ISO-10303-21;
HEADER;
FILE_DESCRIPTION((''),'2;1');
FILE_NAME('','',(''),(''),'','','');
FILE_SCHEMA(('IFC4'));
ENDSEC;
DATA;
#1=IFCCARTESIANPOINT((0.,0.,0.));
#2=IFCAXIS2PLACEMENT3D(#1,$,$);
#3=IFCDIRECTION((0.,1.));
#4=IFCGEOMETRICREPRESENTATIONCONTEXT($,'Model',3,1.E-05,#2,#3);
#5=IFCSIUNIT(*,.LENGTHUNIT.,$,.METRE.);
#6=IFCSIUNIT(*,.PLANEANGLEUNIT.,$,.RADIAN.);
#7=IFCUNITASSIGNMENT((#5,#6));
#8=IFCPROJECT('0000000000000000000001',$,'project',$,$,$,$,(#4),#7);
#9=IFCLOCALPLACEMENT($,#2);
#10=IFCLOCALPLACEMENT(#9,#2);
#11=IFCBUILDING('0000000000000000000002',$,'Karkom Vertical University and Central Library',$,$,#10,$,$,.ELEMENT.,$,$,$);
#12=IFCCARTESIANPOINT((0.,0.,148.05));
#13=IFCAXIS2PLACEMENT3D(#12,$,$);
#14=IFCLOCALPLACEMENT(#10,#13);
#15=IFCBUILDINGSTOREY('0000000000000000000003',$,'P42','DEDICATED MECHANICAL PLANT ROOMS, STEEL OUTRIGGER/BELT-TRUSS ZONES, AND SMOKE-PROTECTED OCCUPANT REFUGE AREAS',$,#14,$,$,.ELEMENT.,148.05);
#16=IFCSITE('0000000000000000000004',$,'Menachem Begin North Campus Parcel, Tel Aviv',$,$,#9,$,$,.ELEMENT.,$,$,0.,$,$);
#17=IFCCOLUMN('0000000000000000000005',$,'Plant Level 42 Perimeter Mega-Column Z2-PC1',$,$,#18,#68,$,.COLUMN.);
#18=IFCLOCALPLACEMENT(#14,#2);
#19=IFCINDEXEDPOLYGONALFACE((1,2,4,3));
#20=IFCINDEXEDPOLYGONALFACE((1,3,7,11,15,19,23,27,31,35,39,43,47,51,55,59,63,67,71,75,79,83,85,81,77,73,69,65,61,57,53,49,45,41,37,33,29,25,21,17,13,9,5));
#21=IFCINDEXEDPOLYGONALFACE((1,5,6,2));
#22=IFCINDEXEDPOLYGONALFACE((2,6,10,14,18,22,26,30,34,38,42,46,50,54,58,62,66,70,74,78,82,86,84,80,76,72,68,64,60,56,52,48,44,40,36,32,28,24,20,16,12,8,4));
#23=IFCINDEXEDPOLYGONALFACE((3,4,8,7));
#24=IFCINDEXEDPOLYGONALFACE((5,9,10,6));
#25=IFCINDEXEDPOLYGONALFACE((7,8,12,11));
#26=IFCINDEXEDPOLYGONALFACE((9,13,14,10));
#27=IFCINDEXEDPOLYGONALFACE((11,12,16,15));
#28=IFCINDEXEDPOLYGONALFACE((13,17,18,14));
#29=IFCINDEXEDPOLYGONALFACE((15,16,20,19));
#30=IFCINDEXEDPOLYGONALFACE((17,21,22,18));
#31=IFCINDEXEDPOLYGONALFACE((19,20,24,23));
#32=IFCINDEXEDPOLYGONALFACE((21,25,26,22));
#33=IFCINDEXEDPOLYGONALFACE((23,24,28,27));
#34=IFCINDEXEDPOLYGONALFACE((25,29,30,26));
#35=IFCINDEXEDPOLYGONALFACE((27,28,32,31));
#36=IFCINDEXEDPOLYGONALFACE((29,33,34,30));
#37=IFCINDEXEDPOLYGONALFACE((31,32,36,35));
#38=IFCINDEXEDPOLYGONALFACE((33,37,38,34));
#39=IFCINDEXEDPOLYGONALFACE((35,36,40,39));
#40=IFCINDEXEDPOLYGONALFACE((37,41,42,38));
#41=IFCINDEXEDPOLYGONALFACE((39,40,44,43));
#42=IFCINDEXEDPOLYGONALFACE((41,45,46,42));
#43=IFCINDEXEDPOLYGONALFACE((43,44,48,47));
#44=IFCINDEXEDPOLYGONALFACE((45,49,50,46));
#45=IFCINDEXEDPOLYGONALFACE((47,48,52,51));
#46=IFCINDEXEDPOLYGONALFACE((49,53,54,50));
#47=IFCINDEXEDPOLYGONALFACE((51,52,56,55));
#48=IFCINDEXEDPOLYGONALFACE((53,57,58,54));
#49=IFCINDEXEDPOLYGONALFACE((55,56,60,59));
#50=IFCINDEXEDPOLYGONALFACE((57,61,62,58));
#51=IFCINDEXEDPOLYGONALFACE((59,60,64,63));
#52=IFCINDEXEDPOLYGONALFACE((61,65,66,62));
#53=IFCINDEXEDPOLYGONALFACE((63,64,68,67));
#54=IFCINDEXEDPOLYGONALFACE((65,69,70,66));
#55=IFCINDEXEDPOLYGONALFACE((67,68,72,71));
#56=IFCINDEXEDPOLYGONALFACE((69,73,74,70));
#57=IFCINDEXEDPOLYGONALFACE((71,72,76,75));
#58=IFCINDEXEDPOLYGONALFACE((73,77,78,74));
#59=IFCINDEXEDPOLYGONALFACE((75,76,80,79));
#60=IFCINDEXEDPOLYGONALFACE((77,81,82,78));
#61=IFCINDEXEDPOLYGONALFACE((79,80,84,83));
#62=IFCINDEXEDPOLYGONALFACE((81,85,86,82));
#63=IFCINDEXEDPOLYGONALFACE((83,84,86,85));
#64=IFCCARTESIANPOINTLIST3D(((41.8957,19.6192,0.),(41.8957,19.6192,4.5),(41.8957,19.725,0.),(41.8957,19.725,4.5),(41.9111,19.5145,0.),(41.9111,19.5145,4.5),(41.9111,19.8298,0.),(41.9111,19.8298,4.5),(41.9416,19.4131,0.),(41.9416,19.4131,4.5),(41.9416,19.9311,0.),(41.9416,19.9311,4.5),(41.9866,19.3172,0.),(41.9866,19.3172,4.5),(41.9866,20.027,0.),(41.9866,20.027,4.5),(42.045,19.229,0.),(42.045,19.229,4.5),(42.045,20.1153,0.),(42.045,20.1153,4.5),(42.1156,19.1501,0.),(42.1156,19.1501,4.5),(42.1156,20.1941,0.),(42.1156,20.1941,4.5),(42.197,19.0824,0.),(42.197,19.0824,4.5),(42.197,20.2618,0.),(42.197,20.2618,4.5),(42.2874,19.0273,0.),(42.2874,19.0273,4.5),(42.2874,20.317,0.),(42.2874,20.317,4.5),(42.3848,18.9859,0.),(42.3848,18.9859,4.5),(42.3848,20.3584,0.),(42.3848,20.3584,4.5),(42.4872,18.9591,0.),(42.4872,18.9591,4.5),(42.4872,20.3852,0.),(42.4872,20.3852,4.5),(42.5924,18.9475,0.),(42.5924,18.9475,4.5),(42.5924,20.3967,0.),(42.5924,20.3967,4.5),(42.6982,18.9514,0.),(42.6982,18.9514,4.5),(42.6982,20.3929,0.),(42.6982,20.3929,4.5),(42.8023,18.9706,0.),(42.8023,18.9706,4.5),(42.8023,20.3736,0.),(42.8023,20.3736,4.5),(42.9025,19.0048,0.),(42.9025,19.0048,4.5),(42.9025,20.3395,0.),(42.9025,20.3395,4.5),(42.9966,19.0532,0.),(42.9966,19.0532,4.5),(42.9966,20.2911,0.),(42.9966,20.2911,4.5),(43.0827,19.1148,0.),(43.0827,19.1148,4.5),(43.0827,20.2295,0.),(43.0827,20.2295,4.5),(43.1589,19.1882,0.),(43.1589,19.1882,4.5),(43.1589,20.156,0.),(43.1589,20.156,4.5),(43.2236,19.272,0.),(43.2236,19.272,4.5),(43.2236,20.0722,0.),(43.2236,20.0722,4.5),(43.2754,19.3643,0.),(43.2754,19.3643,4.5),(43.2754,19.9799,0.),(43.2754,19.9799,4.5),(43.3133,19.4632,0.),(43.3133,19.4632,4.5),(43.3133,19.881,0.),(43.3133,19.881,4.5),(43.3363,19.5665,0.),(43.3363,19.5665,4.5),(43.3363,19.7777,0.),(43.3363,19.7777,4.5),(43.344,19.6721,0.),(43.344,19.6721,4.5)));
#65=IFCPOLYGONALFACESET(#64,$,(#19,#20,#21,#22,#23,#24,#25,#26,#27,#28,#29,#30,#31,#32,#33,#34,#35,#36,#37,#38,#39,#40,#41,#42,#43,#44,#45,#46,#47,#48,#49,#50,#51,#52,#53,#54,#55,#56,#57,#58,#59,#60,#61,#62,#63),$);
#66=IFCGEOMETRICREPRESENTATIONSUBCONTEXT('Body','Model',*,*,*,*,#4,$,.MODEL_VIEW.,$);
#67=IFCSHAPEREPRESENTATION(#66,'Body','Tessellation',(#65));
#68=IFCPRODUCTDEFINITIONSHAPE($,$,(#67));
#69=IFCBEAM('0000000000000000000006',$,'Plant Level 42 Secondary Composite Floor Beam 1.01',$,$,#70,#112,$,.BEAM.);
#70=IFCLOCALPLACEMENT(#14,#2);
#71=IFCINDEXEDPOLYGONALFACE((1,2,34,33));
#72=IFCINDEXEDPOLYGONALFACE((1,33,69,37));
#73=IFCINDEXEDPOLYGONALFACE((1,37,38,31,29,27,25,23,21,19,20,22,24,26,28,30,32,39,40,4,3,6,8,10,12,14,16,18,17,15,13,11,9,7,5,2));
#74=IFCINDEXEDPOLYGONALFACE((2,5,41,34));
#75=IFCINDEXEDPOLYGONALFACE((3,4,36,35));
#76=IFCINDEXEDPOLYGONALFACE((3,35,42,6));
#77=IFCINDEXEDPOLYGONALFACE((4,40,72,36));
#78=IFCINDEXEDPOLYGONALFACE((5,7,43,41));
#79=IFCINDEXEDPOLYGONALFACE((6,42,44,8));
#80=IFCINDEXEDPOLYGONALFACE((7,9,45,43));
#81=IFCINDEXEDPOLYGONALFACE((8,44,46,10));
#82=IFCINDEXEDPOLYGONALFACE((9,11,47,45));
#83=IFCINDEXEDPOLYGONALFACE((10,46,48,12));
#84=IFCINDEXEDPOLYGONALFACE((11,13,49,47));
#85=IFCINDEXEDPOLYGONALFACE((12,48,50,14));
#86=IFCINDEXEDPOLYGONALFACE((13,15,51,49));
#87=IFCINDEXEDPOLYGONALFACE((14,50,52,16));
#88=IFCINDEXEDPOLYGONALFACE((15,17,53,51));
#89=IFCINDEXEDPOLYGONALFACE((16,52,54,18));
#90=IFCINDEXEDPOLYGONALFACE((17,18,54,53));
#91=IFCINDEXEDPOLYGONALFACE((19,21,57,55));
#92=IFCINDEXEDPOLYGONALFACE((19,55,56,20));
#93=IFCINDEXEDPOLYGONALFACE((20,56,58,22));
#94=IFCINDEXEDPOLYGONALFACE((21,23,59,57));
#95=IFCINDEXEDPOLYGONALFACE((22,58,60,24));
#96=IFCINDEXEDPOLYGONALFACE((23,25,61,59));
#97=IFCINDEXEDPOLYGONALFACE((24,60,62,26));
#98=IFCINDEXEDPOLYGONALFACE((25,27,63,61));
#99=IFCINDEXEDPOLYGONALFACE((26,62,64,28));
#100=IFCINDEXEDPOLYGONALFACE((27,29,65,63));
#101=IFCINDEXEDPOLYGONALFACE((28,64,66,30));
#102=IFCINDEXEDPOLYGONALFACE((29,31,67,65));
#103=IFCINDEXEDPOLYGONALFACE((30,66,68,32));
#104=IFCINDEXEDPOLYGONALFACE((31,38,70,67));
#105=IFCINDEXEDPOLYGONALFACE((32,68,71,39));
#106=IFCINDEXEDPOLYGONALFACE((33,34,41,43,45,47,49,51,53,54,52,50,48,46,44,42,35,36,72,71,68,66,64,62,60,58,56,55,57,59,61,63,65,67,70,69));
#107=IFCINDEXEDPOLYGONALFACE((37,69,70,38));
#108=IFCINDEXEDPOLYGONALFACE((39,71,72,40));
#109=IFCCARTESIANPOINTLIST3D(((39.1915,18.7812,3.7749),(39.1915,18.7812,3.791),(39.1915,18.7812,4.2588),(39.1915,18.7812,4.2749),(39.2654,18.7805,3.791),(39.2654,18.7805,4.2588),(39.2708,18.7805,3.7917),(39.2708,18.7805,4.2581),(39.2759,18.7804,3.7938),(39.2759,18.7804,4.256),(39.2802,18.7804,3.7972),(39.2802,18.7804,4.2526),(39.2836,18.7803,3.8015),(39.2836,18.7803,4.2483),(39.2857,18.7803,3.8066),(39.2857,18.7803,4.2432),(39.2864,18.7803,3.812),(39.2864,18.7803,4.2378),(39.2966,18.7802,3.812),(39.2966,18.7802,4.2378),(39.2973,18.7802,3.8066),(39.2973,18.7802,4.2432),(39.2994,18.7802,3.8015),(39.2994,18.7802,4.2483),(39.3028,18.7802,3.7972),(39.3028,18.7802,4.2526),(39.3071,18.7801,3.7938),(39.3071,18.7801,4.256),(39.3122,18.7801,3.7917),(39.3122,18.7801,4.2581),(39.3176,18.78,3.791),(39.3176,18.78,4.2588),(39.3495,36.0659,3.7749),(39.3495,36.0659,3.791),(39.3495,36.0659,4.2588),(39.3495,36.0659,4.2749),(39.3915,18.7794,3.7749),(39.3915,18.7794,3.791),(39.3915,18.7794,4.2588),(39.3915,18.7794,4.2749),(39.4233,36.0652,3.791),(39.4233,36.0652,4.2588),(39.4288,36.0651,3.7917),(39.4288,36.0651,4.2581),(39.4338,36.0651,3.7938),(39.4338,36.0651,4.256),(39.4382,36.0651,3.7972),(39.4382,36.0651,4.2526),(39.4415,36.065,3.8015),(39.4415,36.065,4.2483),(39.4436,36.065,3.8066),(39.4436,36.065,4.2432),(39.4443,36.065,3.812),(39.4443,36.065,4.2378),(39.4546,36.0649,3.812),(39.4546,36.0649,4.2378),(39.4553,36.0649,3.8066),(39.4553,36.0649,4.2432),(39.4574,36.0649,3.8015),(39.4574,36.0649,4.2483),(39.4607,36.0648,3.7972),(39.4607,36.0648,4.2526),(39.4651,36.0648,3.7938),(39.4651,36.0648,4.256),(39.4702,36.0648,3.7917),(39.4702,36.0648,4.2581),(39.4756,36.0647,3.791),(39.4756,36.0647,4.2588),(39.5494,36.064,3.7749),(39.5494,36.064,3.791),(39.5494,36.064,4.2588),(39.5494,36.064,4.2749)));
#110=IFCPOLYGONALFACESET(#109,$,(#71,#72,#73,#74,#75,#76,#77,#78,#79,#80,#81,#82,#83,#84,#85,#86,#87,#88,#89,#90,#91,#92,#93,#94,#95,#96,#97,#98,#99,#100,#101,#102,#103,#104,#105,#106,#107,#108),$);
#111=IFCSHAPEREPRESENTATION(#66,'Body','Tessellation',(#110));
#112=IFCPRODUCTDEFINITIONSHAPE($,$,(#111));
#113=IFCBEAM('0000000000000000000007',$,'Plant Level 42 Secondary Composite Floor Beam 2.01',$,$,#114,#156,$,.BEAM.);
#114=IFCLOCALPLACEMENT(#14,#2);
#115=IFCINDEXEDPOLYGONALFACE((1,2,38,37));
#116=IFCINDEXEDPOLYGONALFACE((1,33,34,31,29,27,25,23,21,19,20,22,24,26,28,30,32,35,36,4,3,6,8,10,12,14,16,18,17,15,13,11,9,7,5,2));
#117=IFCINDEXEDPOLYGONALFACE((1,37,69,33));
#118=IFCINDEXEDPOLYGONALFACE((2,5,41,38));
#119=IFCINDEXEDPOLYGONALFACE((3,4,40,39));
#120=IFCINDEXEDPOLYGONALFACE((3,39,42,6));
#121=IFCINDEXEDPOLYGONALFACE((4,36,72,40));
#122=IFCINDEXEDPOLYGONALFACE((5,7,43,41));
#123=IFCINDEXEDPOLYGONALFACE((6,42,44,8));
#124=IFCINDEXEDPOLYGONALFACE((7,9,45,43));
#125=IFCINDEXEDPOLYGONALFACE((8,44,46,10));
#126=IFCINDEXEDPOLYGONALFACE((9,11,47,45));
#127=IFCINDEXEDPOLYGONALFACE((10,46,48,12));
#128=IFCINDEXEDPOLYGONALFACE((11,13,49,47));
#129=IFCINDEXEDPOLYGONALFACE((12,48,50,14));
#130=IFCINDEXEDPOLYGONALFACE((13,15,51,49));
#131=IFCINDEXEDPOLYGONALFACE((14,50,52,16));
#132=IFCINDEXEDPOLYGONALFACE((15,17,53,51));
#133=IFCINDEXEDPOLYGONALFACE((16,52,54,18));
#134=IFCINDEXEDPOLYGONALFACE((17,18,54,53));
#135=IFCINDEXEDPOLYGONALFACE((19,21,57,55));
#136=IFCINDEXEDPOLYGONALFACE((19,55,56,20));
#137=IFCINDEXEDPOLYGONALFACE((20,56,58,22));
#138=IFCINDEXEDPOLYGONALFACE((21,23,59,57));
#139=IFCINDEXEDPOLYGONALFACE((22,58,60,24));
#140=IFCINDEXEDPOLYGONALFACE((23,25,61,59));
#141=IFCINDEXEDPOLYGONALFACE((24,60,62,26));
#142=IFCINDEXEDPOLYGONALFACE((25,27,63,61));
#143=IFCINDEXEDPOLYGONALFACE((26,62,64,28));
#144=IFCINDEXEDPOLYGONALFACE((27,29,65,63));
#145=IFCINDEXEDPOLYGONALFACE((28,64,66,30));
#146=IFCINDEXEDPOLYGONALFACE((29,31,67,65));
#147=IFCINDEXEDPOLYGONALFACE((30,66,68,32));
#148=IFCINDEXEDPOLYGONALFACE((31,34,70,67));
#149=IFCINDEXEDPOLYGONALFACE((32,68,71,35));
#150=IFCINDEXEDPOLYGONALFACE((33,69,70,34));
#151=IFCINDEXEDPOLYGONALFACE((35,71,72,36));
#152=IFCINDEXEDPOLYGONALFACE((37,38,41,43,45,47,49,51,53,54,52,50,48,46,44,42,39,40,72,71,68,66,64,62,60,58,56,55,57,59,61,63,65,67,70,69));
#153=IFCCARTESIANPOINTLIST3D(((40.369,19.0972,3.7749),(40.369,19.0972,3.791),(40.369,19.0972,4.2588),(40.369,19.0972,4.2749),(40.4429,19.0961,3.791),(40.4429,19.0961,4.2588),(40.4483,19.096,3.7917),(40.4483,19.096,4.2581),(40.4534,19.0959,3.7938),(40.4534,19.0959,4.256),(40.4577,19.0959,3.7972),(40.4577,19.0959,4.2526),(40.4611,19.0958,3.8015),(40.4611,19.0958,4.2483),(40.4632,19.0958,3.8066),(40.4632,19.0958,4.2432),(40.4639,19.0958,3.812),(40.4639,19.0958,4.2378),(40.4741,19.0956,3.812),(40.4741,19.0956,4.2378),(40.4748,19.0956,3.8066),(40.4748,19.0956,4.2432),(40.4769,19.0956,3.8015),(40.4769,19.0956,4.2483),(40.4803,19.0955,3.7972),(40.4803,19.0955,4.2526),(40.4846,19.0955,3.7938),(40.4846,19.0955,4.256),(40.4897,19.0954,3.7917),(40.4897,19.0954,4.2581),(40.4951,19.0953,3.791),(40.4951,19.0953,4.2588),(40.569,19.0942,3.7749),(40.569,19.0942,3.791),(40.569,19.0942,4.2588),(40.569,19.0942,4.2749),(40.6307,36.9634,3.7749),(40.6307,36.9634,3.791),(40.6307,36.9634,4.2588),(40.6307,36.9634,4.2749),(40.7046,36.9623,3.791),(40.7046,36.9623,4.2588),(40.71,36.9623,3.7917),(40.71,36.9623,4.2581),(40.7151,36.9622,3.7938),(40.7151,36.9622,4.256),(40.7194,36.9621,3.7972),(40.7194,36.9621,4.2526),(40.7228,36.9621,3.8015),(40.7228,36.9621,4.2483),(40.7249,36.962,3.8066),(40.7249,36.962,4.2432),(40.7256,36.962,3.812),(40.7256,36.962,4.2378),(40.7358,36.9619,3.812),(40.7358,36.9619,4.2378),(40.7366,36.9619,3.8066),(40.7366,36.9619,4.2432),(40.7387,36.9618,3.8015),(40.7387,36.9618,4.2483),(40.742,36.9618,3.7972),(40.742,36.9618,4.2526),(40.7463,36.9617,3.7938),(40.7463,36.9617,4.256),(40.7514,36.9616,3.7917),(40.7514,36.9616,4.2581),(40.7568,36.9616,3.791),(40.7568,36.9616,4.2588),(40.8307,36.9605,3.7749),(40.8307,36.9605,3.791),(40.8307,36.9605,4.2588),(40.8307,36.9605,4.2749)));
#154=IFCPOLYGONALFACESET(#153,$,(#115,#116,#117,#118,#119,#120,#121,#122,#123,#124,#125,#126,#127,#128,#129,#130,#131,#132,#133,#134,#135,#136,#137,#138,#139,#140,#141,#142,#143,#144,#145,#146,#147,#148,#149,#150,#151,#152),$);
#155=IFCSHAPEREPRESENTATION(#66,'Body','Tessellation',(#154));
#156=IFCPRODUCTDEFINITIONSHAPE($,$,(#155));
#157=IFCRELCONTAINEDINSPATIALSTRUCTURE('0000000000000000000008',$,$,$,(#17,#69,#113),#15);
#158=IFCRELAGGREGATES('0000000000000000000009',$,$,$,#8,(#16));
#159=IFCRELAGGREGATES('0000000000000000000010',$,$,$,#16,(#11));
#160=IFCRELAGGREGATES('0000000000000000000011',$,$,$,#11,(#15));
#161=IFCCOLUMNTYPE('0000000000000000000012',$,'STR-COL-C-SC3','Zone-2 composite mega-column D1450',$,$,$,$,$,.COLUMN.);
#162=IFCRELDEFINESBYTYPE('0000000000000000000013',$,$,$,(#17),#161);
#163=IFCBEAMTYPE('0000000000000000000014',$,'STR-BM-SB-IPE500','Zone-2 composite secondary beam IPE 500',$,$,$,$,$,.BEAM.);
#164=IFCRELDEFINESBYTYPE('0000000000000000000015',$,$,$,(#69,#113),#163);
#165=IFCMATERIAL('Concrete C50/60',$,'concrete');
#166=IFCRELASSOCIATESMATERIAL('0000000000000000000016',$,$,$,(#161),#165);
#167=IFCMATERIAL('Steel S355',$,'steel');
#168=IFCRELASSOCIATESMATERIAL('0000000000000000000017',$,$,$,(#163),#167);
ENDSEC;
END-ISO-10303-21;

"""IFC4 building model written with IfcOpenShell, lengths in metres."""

from ifc_helpers import new_model, si_unit, direction, frame, origin, origin_with_axes, origin_2d, place, context, subcontext, project, spatial, circle, i_section, extrude, source, transform, mapped, material, material_profile, profile_set, type_object, element, save


model = new_model("IFC4")

# Units and contexts
model_context = context("Model", 3, precision=1e-05, world=origin(), true_north=direction((0.0, 1.0)))
body_context = subcontext(model_context, "Body", "Model", "MODEL_VIEW")
ifc_project = project(units=[si_unit("LENGTHUNIT", "METRE"), si_unit("PLANEANGLEUNIT", "RADIAN")], contexts=[model_context])

# Site, building, storey
site_placement = place(None, origin())
site = spatial("IfcSite", under=ifc_project, at=site_placement, Name="Menachem Begin North Campus Parcel, Tel Aviv", CompositionType="ELEMENT", RefElevation=0.0)
building_placement = place(site_placement, origin())
building = spatial("IfcBuilding", under=site, at=building_placement, Name="Karkom Vertical University and Central Library", CompositionType="ELEMENT")
storey_placement = place(building_placement, frame((0.0, 0.0, 148.05)))
storey = spatial("IfcBuildingStorey", under=building, at=storey_placement, Name="P42", Description="DEDICATED MECHANICAL PLANT ROOMS, STEEL OUTRIGGER/BELT-TRUSS ZONES, AND SMOKE-PROTECTED OCCUPANT REFUGE AREAS", CompositionType="ELEMENT", Elevation=148.05)

# Column
ifc_material_1 = material(Name="Concrete C50/60", Category="concrete")
ifc_material_profile_1 = material_profile(ifc_material_1, circle(Radius=0.7251, at=origin_2d()), Name="CFT-D1450")
ifc_profile_set_1 = profile_set([ifc_material_profile_1], Name="Concrete C50/60")
column_type = type_object("IfcColumnType", Name="STR-COL-C-SC3", Description="Zone-2 composite mega-column D1450", PredefinedType="COLUMN", material=ifc_profile_set_1)
shared_shape_1 = source(origin_with_axes(), body_context, "Body", "SweptSolid", [
    extrude(circle(Radius=0.7251, at=origin_2d()), origin(), (0.0, 0.0, 1.0), 4.5),
])
column_placement = place(storey_placement, frame((42.6189, 19.6721, 0.0), z_axis=(0.0, 0.0, 1.0), x_axis=(1.0, 0.0, 0.0)))
element("IfcColumn", 1, at=column_placement, inside=storey, type_object=column_type, Name="Plant Level 42 Perimeter Mega-Column Z2-PC1", PredefinedType="COLUMN", context=body_context, shape_type="MappedRepresentation", body=[
    mapped(shared_shape_1, transform((0.0, 0.0, 0.0), scale=1.0)),
])

# Beams
ifc_material_2 = material(Name="Steel S355", Category="steel")
ifc_material_profile_2 = material_profile(ifc_material_2, i_section(OverallWidth=0.2, OverallDepth=0.5, WebThickness=0.0103, FlangeThickness=0.0161, FilletRadius=0.021, at=origin_2d()), Name="IPE 500")
ifc_profile_set_2 = profile_set([ifc_material_profile_2], Name="Steel S355")
beam_type_1 = type_object("IfcBeamType", Name="STR-BM-SB-IPE500", Description="Zone-2 composite secondary beam IPE 500", PredefinedType="BEAM", material=ifc_profile_set_2)
shared_shape_2 = source(origin_with_axes(), body_context, "Body", "SweptSolid", [
    extrude(i_section(OverallWidth=0.2, OverallDepth=0.5, WebThickness=0.0103, FlangeThickness=0.0161, FilletRadius=0.021, at=origin_2d()), origin(), (0.0, 0.0, 1.0), 17.2854),
])
beam_1_placement = place(storey_placement, frame((39.2915, 18.7803, 4.0249), z_axis=(0.009138, 0.999958, 0.0), x_axis=(-0.999958, 0.009138, 0.0)))
element("IfcBeam", 2, at=beam_1_placement, inside=storey, type_object=beam_type_1, Name="Plant Level 42 Secondary Composite Floor Beam 1.01", PredefinedType="BEAM", context=body_context, shape_type="MappedRepresentation", body=[
    mapped(shared_shape_2, transform((0.0, 0.0, 0.0), scale=1.0)),
])
shared_shape_3 = source(origin_with_axes(), body_context, "Body", "SweptSolid", [
    extrude(i_section(OverallWidth=0.2, OverallDepth=0.5, WebThickness=0.0103, FlangeThickness=0.0161, FilletRadius=0.021, at=origin_2d()), origin(), (0.0, 0.0, 1.0), 17.8682),
])
beam_2_placement = place(storey_placement, frame((40.469, 19.0957, 4.0249), z_axis=(0.014647, 0.999893, 0.0), x_axis=(-0.999893, 0.014647, 0.0)))
element("IfcBeam", 3, at=beam_2_placement, inside=storey, type_object=beam_type_1, Name="Plant Level 42 Secondary Composite Floor Beam 2.01", PredefinedType="BEAM", context=body_context, shape_type="MappedRepresentation", body=[
    mapped(shared_shape_3, transform((0.0, 0.0, 0.0), scale=1.0)),
])

save(model, "model.ifc")
